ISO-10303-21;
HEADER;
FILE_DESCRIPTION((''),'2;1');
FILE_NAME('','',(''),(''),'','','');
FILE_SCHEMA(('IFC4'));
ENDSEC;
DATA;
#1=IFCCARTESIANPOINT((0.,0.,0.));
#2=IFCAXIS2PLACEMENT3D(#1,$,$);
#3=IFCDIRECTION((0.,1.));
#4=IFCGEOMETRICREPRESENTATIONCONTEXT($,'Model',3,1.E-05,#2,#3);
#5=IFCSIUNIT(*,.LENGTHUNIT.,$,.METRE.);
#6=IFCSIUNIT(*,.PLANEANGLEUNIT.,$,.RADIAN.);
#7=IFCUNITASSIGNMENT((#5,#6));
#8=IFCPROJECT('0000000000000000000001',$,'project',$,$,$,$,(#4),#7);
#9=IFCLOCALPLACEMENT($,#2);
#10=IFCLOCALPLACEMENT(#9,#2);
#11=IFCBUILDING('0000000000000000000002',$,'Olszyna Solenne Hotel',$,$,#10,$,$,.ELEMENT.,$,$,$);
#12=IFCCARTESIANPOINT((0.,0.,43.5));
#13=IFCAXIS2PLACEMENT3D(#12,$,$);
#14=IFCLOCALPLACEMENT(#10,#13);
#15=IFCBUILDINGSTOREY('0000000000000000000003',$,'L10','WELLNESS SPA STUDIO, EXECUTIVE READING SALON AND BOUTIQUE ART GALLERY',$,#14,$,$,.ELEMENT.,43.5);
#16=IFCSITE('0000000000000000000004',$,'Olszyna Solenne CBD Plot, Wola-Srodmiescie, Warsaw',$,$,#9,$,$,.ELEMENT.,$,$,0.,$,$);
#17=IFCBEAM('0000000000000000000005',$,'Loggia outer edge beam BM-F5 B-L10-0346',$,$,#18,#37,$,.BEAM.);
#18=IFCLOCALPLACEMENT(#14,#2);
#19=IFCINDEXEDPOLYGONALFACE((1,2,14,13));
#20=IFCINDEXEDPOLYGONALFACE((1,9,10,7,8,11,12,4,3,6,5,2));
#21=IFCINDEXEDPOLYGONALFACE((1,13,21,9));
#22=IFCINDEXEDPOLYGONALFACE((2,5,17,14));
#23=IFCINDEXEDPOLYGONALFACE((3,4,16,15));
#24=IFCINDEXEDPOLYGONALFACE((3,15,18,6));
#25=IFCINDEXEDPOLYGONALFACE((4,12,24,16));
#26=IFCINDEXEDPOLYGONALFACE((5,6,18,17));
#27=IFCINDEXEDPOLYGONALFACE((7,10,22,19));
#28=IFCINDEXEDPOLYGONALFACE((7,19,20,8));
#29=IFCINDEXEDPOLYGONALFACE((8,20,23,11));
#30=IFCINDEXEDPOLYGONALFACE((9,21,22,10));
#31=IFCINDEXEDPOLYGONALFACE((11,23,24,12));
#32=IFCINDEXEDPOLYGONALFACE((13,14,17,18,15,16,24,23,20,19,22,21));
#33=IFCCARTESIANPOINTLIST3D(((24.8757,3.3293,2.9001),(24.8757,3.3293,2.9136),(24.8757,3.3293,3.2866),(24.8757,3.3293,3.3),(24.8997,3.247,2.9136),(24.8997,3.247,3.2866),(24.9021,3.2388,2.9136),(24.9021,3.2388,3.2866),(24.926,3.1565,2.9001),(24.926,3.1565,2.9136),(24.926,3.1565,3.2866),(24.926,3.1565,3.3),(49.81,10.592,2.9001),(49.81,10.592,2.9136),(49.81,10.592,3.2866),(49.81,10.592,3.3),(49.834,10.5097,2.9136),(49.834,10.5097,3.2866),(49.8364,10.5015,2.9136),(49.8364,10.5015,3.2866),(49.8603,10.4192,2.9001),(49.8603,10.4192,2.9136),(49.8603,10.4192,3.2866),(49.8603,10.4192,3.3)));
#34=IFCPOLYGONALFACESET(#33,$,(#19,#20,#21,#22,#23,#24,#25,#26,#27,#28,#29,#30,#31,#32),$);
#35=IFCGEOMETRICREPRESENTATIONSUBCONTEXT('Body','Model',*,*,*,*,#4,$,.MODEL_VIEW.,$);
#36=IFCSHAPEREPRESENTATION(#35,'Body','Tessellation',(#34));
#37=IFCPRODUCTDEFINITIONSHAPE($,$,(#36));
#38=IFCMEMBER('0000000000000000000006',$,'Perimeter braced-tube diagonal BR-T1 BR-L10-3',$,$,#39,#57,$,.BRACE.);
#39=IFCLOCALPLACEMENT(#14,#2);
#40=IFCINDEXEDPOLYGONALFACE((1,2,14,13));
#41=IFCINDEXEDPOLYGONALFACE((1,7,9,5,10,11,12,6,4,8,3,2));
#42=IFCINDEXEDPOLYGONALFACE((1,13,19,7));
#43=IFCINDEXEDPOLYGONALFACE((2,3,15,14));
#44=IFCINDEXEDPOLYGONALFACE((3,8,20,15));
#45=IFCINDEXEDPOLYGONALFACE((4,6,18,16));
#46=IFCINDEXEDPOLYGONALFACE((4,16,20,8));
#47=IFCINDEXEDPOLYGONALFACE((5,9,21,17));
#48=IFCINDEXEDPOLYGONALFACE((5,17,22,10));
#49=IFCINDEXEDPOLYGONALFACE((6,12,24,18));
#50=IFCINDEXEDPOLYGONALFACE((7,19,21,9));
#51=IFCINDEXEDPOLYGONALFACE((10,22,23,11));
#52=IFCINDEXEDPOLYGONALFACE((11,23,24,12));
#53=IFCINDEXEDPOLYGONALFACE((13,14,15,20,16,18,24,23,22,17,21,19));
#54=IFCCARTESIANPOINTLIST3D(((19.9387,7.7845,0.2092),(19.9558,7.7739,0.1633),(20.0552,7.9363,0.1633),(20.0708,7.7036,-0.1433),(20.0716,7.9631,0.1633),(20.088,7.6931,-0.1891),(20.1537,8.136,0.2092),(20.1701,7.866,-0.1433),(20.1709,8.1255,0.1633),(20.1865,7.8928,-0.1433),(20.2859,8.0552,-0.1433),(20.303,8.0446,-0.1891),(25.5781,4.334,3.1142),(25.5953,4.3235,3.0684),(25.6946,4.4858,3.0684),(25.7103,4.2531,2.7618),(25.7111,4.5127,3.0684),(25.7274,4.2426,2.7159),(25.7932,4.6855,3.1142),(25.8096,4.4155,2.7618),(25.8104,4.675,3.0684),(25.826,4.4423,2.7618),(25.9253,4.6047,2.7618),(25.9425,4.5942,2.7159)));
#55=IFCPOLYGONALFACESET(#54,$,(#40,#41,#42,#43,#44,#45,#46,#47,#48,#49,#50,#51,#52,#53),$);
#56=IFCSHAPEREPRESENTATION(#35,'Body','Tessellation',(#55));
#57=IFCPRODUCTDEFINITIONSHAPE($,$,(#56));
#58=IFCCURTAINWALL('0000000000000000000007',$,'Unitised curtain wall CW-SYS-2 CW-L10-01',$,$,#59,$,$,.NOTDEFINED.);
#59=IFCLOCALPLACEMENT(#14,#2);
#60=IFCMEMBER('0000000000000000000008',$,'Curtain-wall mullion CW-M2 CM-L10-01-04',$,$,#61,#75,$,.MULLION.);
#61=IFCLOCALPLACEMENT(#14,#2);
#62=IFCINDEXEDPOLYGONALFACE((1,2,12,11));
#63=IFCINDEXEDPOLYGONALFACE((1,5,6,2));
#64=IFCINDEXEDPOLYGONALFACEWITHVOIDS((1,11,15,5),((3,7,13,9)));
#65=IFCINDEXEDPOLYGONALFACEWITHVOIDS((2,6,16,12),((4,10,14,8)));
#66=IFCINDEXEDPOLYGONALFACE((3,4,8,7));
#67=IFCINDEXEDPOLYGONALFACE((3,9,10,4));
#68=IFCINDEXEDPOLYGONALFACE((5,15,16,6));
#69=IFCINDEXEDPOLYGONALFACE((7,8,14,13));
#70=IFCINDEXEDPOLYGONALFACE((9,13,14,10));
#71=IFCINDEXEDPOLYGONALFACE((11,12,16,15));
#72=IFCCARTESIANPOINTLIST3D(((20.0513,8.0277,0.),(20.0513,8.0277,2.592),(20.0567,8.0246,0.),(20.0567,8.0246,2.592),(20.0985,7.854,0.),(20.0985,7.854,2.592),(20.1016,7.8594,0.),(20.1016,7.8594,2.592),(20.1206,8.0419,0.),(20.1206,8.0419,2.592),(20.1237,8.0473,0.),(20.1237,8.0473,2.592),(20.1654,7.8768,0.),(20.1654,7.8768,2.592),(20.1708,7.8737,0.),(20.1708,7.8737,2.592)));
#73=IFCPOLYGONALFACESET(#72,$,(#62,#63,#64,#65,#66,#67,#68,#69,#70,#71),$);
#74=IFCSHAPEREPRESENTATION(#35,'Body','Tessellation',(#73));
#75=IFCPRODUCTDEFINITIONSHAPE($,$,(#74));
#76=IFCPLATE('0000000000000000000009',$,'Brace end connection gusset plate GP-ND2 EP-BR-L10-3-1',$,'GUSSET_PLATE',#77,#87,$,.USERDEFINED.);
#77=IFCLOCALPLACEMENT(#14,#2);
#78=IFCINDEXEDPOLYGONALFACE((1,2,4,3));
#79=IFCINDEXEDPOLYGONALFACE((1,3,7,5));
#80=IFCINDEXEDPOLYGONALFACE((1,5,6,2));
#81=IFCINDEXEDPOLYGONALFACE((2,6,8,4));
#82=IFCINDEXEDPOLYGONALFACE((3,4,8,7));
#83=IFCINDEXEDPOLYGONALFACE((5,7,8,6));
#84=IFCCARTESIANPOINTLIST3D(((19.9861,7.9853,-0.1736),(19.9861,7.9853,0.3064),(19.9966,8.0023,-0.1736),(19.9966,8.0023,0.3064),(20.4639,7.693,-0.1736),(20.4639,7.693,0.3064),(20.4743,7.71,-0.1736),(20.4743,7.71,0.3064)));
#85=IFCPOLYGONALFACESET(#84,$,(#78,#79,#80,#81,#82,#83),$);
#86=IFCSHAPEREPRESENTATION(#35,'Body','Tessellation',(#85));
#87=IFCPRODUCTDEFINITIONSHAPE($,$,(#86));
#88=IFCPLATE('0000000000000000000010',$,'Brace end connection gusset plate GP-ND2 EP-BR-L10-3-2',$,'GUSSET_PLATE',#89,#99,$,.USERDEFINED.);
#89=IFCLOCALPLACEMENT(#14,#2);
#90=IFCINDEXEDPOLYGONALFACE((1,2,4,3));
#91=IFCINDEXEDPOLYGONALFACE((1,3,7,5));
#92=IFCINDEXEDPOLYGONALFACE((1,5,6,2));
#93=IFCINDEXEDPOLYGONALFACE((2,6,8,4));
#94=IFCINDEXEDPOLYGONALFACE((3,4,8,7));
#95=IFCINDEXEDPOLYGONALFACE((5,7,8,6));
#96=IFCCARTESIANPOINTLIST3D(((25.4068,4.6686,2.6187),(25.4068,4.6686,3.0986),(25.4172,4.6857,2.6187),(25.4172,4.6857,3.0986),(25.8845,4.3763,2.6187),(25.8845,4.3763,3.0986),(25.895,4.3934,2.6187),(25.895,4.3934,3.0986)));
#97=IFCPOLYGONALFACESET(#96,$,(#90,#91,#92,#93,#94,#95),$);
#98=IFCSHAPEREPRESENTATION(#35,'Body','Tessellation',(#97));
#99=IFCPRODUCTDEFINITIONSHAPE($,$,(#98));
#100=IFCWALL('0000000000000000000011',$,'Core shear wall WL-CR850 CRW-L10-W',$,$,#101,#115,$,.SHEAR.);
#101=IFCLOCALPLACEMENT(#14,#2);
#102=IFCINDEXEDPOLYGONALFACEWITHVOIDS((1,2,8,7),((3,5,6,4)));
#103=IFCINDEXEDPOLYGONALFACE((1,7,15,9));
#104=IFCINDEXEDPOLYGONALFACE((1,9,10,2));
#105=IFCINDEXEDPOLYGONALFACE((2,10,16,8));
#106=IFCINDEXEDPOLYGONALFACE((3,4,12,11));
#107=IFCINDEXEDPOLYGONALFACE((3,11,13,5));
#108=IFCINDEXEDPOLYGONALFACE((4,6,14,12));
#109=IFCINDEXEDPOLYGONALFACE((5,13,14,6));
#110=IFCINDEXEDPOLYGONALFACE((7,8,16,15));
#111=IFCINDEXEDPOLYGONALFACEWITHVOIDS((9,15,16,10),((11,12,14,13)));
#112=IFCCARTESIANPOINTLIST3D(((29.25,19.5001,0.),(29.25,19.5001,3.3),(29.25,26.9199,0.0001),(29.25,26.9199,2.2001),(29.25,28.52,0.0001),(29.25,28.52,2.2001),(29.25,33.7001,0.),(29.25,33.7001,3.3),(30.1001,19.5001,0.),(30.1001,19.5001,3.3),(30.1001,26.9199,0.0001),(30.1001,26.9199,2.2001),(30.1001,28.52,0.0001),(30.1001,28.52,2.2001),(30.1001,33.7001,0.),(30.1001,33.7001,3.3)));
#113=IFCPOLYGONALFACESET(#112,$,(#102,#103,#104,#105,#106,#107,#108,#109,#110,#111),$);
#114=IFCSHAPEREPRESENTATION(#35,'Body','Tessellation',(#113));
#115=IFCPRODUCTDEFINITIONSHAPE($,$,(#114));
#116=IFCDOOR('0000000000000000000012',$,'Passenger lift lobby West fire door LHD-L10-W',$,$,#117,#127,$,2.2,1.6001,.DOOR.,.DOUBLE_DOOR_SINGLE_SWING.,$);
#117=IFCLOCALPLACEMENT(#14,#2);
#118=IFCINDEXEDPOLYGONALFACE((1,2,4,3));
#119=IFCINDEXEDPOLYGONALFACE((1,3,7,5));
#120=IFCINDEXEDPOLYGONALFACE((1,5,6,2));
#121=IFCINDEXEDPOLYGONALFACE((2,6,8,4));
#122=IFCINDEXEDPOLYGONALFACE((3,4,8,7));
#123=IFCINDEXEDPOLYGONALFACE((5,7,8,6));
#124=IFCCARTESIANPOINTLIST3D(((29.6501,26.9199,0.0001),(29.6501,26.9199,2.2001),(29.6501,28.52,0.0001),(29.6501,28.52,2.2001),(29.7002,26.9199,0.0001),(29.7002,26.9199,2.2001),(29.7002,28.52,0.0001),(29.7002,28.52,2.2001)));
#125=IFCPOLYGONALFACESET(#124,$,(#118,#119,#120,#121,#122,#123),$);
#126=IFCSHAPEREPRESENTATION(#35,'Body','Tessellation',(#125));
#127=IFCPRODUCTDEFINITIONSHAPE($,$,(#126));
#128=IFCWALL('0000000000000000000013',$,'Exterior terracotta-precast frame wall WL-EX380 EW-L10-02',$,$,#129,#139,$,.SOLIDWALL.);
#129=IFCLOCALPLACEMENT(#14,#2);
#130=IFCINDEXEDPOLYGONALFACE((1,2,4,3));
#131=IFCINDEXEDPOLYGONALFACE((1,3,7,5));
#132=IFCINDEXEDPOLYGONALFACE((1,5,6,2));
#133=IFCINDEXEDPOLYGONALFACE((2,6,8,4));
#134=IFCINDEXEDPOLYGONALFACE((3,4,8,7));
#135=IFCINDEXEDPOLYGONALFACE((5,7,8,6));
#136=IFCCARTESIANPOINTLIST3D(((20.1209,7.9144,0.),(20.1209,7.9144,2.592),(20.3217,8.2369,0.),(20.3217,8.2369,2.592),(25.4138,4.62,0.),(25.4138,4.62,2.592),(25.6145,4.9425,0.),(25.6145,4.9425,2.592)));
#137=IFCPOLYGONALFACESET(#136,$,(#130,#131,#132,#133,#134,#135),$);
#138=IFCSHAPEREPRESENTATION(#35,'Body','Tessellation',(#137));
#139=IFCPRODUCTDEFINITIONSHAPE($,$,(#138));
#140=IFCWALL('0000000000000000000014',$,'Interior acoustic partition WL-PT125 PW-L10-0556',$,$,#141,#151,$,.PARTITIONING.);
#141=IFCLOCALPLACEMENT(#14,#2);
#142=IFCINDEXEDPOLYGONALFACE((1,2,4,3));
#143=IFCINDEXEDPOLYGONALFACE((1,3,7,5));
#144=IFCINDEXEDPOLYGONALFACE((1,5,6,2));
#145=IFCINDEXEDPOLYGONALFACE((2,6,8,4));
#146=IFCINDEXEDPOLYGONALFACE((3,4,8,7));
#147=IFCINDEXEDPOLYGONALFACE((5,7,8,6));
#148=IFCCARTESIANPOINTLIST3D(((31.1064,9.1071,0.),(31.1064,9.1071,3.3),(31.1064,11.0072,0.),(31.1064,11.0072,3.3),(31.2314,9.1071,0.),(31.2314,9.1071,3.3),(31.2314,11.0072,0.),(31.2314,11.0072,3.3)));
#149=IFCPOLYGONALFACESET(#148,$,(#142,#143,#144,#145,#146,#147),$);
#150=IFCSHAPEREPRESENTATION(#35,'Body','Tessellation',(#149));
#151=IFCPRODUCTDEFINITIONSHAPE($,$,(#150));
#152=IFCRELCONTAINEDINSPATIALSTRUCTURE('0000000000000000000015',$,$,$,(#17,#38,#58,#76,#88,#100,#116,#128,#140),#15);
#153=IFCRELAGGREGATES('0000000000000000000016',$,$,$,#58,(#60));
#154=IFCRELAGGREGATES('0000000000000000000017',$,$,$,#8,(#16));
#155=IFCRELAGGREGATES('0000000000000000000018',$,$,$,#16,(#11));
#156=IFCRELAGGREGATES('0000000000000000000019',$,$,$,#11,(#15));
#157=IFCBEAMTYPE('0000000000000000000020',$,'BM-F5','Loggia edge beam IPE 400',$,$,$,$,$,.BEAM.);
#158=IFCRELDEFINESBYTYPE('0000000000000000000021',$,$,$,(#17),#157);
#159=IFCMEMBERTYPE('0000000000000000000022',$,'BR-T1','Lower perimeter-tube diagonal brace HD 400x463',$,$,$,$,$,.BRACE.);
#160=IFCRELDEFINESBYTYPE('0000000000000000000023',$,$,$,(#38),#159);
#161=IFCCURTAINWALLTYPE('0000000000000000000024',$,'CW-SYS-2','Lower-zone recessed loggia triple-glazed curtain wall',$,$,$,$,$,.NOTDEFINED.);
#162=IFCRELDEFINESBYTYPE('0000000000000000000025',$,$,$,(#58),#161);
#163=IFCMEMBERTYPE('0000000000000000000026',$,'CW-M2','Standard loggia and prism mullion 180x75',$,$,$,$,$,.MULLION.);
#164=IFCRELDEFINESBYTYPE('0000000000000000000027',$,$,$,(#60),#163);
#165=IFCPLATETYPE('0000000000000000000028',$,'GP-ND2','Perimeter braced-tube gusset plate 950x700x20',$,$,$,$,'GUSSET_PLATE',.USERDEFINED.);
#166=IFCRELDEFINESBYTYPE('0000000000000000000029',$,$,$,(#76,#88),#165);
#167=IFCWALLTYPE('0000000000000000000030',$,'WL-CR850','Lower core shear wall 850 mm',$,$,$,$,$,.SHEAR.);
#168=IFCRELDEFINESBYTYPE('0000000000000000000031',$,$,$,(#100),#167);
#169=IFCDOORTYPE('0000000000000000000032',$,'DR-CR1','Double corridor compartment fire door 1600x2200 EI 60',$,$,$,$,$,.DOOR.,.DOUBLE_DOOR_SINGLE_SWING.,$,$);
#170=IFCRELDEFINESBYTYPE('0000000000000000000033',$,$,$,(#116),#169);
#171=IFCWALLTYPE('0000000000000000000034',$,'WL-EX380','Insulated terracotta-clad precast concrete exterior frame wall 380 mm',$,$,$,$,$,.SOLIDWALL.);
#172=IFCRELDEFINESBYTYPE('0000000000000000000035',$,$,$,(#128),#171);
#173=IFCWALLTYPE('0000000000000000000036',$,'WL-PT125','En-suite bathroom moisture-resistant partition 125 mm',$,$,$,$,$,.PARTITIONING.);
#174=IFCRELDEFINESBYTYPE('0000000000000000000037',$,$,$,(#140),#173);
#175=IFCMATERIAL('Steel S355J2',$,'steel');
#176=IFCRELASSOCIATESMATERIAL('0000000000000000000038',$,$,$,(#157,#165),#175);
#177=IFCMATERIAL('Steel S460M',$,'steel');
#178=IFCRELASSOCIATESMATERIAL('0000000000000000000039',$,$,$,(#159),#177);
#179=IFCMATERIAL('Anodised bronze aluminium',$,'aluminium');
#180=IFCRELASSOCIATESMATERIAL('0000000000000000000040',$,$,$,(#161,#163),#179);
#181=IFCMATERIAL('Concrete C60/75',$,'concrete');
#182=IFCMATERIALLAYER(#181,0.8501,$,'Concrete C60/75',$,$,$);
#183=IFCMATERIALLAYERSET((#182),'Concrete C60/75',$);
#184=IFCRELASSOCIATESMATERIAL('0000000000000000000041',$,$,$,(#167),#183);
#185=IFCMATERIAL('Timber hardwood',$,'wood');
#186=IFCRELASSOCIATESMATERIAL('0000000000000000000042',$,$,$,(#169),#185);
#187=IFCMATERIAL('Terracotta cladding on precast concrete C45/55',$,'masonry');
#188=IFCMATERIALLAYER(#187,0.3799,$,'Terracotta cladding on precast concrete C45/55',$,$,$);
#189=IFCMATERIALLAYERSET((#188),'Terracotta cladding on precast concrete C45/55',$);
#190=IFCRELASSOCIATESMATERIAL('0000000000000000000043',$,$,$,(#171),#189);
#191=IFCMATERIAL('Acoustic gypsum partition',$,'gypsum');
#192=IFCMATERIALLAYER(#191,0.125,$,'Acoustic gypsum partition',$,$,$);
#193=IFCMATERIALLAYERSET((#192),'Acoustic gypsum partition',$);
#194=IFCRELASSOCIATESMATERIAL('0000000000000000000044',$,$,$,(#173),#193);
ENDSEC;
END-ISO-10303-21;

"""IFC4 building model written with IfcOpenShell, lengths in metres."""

from ifc_helpers import new_model, si_unit, direction, frame, frame_2d, origin, origin_2d, place, context, subcontext, project, spatial, rectangle, hollow_rectangle, i_section, extrude, source, transform, mapped, material, layer, layer_set, material_profile, profile_set, type_object, type_shapes, element, fill, aggregate, save


model = new_model("IFC4")

# Units and contexts
model_context = context("Model", 3, precision=1e-05, world=origin(), true_north=direction((0.0, 1.0)))
body_context = subcontext(model_context, "Body", "Model", "MODEL_VIEW")
ifc_project = project(units=[si_unit("LENGTHUNIT", "METRE"), si_unit("PLANEANGLEUNIT", "RADIAN")], contexts=[model_context])

# Site, building, storey
site_placement = place(None, origin())
site = spatial("IfcSite", under=ifc_project, at=site_placement, Name="Olszyna Solenne CBD Plot, Wola-Srodmiescie, Warsaw", CompositionType="ELEMENT", RefElevation=0.0)
building_placement = place(site_placement, origin())
building = spatial("IfcBuilding", under=site, at=building_placement, Name="Olszyna Solenne Hotel", CompositionType="ELEMENT")
storey_placement = place(building_placement, frame((0.0, 0.0, 43.5)))
storey = spatial("IfcBuildingStorey", under=building, at=storey_placement, Name="L10", Description="WELLNESS SPA STUDIO, EXECUTIVE READING SALON AND BOUTIQUE ART GALLERY", CompositionType="ELEMENT", Elevation=43.5)

# Shared definitions
ifc_material_1 = material(Name="Steel S460M", Category="steel")

# Beam
ifc_material_2 = material(Name="Steel S355J2", Category="steel")
ifc_material_profile_1 = material_profile(ifc_material_2, i_section(OverallWidth=0.1799, OverallDepth=0.3999, WebThickness=0.0085, FlangeThickness=0.0134, at=origin_2d()), Name="IPE 400", Category="load-bearing")
ifc_profile_set_1 = profile_set([ifc_material_profile_1], Name="Steel S355J2")
beam_type_1 = type_object("IfcBeamType", Name="BM-F5", Description="Loggia edge beam IPE 400", PredefinedType="BEAM", material=ifc_profile_set_1)
shared_shape_1 = source(origin(), body_context, "Body", "SweptSolid", [
    extrude(i_section(OverallWidth=0.1799, OverallDepth=0.3999, WebThickness=0.0085, FlangeThickness=0.0134, at=origin_2d()), origin(), (0.0, 0.0, 1.0), 25.9705),
])
beam_1_placement = place(storey_placement, frame((24.9009, 3.2429, 3.1001), z_axis=(0.960102, 0.279652, 0.0), x_axis=(-0.279652, 0.960102, 0.0)))
element("IfcBeam", 1, at=beam_1_placement, inside=storey, type_object=beam_type_1, Name="Loggia outer edge beam BM-F5 B-L10-0346", PredefinedType="BEAM", context=body_context, shape_type="MappedRepresentation", body=[
    mapped(shared_shape_1, transform((0.0, 0.0, 0.0), x_axis=(1.0, 0.0, 0.0), y_axis=(0.0, 1.0, 0.0), z_axis=(0.0, 0.0, 1.0), scale=1.0)),
])

# Member
ifc_material_profile_2 = material_profile(ifc_material_1, i_section(OverallWidth=0.4121, OverallDepth=0.4351, WebThickness=0.0315, FlangeThickness=0.05, at=origin_2d()), Name="HD 400x463", Category="load-bearing")
ifc_profile_set_2 = profile_set([ifc_material_profile_2], Name="Steel S460M")
member_type_1 = type_object("IfcMemberType", Name="BR-T1", Description="Lower perimeter-tube diagonal brace HD 400x463", PredefinedType="BRACE", material=ifc_profile_set_2)
shared_shape_2 = source(origin(), body_context, "Body", "SweptSolid", [
    extrude(i_section(OverallWidth=0.4121, OverallDepth=0.4351, WebThickness=0.0315, FlangeThickness=0.05, at=origin_2d()), origin(), (0.0, 0.0, 1.0), 7.2214),
])
member_1_placement = place(storey_placement, frame((20.1208, 7.9146, 0.01), z_axis=(0.780937, -0.477812, 0.402285), x_axis=(0.521906, 0.853003, 0.0)))
element("IfcMember", 2, at=member_1_placement, inside=storey, type_object=member_type_1, Name="Perimeter braced-tube diagonal BR-T1 BR-L10-3", PredefinedType="BRACE", context=body_context, shape_type="MappedRepresentation", body=[
    mapped(shared_shape_2, transform((0.0, 0.0, 0.0), x_axis=(1.0, 0.0, 0.0), y_axis=(0.0, 1.0, 0.0), z_axis=(0.0, 0.0, 1.0), scale=1.0)),
])

# Curtain wall, member
ifc_material_3 = material(Name="Anodised bronze aluminium", Category="aluminium")
curtain_wall_type = type_object("IfcCurtainWallType", Name="CW-SYS-2", Description="Lower-zone recessed loggia triple-glazed curtain wall", PredefinedType="NOTDEFINED", material=ifc_material_3)
curtain_wall_placement = place(storey_placement, origin())
curtain_wall = element("IfcCurtainWall", 3, at=curtain_wall_placement, inside=storey, type_object=curtain_wall_type, Name="Unitised curtain wall CW-SYS-2 CW-L10-01", PredefinedType="NOTDEFINED")
ifc_material_profile_3 = material_profile(ifc_material_3, hollow_rectangle(XDim=0.075, YDim=0.1799, WallThickness=0.0044, at=origin_2d()), Name="MULL 180x75x4.5", Category="load-bearing")
ifc_profile_set_3 = profile_set([ifc_material_profile_3], Name="Anodised bronze aluminium")
member_type_2 = type_object("IfcMemberType", Name="CW-M2", Description="Standard loggia and prism mullion 180x75", PredefinedType="MULLION", material=ifc_profile_set_3)
shared_shape_3 = source(origin(), body_context, "Body", "SweptSolid", [
    extrude(hollow_rectangle(XDim=0.075, YDim=0.1799, WallThickness=0.0044, at=origin_2d()), origin(), (0.0, 0.0, 1.0), 2.592),
])
member_2_placement = place(storey_placement, frame((20.1111, 7.9507, 0.0), z_axis=(0.0, 0.0, 1.0), x_axis=(0.965058, 0.262038, 0.0)))
member_2 = element("IfcMember", 4, at=member_2_placement, type_object=member_type_2, Name="Curtain-wall mullion CW-M2 CM-L10-01-04", PredefinedType="MULLION", context=body_context, shape_type="MappedRepresentation", body=[
    mapped(shared_shape_3, transform((0.0, 0.0, 0.0), x_axis=(1.0, 0.0, 0.0), y_axis=(0.0, 1.0, 0.0), z_axis=(0.0, 0.0, 1.0), scale=1.0)),
])
aggregate(curtain_wall, [member_2])

# Plates
plate_type = type_object("IfcPlateType", Name="GP-ND2", Description="Perimeter braced-tube gusset plate 950x700x20", ElementType="GUSSET_PLATE", PredefinedType="USERDEFINED", material=ifc_material_2)
shared_shape_4 = source(origin(), body_context, "Body", "SweptSolid", [
    extrude(rectangle(XDim=0.5601, YDim=0.02, at=origin_2d()), origin(), (0.0, 0.0, 1.0), 0.48),
])
for number, where, z_axis, x_axis, name in (
    (5, (20.2302, 7.8477, -0.1736), (0.0, 0.0, 1.0), (0.853005, -0.521903, 0.0), "Brace end connection gusset plate GP-ND2 EP-BR-L10-3-1"),
    (6, (25.6509, 4.531, 2.6187), (0.0, 0.0, 1.0), (0.853005, -0.521903, 0.0), "Brace end connection gusset plate GP-ND2 EP-BR-L10-3-2"),
):
    element("IfcPlate", number, at=place(storey_placement, frame(where, z_axis=z_axis, x_axis=x_axis)), inside=storey, type_object=plate_type, Name=name, ObjectType="GUSSET_PLATE", PredefinedType="USERDEFINED", context=body_context, shape_type="MappedRepresentation", body=[
        mapped(shared_shape_4, transform((0.0, 0.0, 0.0), x_axis=(1.0, 0.0, 0.0), y_axis=(0.0, 1.0, 0.0), z_axis=(0.0, 0.0, 1.0), scale=1.0)),
    ])

# Wall, opening, door
ifc_material_4 = material(Name="Concrete C60/75", Category="concrete")
ifc_layer_1 = layer(ifc_material_4, 0.8501, Name="Concrete C60/75")
ifc_layer_set_1 = layer_set([ifc_layer_1], Name="Concrete C60/75")
wall_type_1 = type_object("IfcWallType", Name="WL-CR850", Description="Lower core shear wall 850 mm", PredefinedType="SHEAR", material=ifc_layer_set_1)
wall_1_placement = place(storey_placement, frame((29.675, 19.5, 0.0), z_axis=(0.0, 0.0, 1.0), x_axis=(0.0, 1.0, 0.0)))
wall_1 = element("IfcWall", 7, at=wall_1_placement, inside=storey, type_object=wall_type_1, Name="Core shear wall WL-CR850 CRW-L10-W", PredefinedType="SHEAR", context=body_context, shape_type="SweptSolid", body=[
    extrude(rectangle(XDim=14.2, YDim=0.8501, at=frame_2d((7.1001, 0.0))), origin(), (0.0, 0.0, 1.0), 3.3),
])
opening_1_placement = place(wall_1_placement, frame((7.4199, 0.0, 0.0)))
opening_1 = element("IfcOpeningElement", 8, at=opening_1_placement, cuts=wall_1, PredefinedType="OPENING", context=body_context, shape_type="SweptSolid", body=[
    extrude(rectangle(XDim=1.6001, YDim=2.2, at=frame_2d((0.8, 1.1001))), frame((0.0, 0.4351, 0.0), z_axis=(0.0, -1.0, 0.0), x_axis=(1.0, 0.0, 0.0)), (0.0, 0.0, 1.0), 0.8701),
])
ifc_material_5 = material(Name="Timber hardwood", Category="wood")
door_type_1 = type_object("IfcDoorType", Name="DR-CR1", Description="Double corridor compartment fire door 1600x2200 EI 60", OperationType="DOUBLE_DOOR_SINGLE_SWING", PredefinedType="DOOR", material=ifc_material_5)
shared_shape_5 = source(origin(), body_context, "Body", "SweptSolid", [
    extrude(rectangle(XDim=1.6001, YDim=2.2, at=frame_2d((0.8, 1.1001))), frame((0.0, 0.0249, 0.0), z_axis=(0.0, -1.0, 0.0), x_axis=(1.0, 0.0, 0.0)), (0.0, 0.0, 1.0), 0.05),
])
type_shapes(door_type_1, [shared_shape_5])
door_1_placement = place(opening_1_placement, origin())
door_1 = element("IfcDoor", 9, at=door_1_placement, inside=storey, type_object=door_type_1, Name="Passenger lift lobby West fire door LHD-L10-W", OperationType="DOUBLE_DOOR_SINGLE_SWING", OverallHeight=2.2, OverallWidth=1.6001, PredefinedType="DOOR", context=body_context, shape_type="MappedRepresentation", body=[
    mapped(shared_shape_5, transform((0.0, 0.0, 0.0), x_axis=(1.0, 0.0, 0.0), y_axis=(0.0, 1.0, 0.0), z_axis=(0.0, 0.0, 1.0), scale=1.0)),
])
fill(opening_1, door_1)

# Walls
ifc_material_6 = material(Name="Terracotta cladding on precast concrete C45/55", Category="masonry")
ifc_layer_2 = layer(ifc_material_6, 0.3799, Name="Terracotta cladding on precast concrete C45/55")
ifc_layer_set_2 = layer_set([ifc_layer_2], Name="Terracotta cladding on precast concrete C45/55")
wall_type_2 = type_object("IfcWallType", Name="WL-EX380", Description="Insulated terracotta-clad precast concrete exterior frame wall 380 mm", PredefinedType="SOLIDWALL", material=ifc_layer_set_2)
wall_2_placement = place(storey_placement, frame((25.5142, 4.7812, 0.0), z_axis=(0.0, 0.0, 1.0), x_axis=(-0.848982, 0.528421, 0.0)))
element("IfcWall", 10, at=wall_2_placement, inside=storey, type_object=wall_type_2, Name="Exterior terracotta-precast frame wall WL-EX380 EW-L10-02", PredefinedType="SOLIDWALL", context=body_context, shape_type="SweptSolid", body=[
    extrude(rectangle(XDim=6.2344, YDim=0.3799, at=frame_2d((3.1172, 0.0))), origin(), (0.0, 0.0, 1.0), 2.592),
])
ifc_material_7 = material(Name="Acoustic gypsum partition", Category="gypsum")
ifc_layer_3 = layer(ifc_material_7, 0.125, Name="Acoustic gypsum partition")
ifc_layer_set_3 = layer_set([ifc_layer_3], Name="Acoustic gypsum partition")
wall_type_3 = type_object("IfcWallType", Name="WL-PT125", Description="En-suite bathroom moisture-resistant partition 125 mm", PredefinedType="PARTITIONING", material=ifc_layer_set_3)
wall_3_placement = place(storey_placement, frame((31.1689, 9.1069, 0.0), z_axis=(0.0, 0.0, 1.0), x_axis=(0.0, 1.0, 0.0)))
element("IfcWall", 11, at=wall_3_placement, inside=storey, type_object=wall_type_3, Name="Interior acoustic partition WL-PT125 PW-L10-0556", PredefinedType="PARTITIONING", context=body_context, shape_type="SweptSolid", body=[
    extrude(rectangle(XDim=1.9001, YDim=0.125, at=frame_2d((0.9502, 0.0))), origin(), (0.0, 0.0, 1.0), 3.3),
])

save(model, "model.ifc")
